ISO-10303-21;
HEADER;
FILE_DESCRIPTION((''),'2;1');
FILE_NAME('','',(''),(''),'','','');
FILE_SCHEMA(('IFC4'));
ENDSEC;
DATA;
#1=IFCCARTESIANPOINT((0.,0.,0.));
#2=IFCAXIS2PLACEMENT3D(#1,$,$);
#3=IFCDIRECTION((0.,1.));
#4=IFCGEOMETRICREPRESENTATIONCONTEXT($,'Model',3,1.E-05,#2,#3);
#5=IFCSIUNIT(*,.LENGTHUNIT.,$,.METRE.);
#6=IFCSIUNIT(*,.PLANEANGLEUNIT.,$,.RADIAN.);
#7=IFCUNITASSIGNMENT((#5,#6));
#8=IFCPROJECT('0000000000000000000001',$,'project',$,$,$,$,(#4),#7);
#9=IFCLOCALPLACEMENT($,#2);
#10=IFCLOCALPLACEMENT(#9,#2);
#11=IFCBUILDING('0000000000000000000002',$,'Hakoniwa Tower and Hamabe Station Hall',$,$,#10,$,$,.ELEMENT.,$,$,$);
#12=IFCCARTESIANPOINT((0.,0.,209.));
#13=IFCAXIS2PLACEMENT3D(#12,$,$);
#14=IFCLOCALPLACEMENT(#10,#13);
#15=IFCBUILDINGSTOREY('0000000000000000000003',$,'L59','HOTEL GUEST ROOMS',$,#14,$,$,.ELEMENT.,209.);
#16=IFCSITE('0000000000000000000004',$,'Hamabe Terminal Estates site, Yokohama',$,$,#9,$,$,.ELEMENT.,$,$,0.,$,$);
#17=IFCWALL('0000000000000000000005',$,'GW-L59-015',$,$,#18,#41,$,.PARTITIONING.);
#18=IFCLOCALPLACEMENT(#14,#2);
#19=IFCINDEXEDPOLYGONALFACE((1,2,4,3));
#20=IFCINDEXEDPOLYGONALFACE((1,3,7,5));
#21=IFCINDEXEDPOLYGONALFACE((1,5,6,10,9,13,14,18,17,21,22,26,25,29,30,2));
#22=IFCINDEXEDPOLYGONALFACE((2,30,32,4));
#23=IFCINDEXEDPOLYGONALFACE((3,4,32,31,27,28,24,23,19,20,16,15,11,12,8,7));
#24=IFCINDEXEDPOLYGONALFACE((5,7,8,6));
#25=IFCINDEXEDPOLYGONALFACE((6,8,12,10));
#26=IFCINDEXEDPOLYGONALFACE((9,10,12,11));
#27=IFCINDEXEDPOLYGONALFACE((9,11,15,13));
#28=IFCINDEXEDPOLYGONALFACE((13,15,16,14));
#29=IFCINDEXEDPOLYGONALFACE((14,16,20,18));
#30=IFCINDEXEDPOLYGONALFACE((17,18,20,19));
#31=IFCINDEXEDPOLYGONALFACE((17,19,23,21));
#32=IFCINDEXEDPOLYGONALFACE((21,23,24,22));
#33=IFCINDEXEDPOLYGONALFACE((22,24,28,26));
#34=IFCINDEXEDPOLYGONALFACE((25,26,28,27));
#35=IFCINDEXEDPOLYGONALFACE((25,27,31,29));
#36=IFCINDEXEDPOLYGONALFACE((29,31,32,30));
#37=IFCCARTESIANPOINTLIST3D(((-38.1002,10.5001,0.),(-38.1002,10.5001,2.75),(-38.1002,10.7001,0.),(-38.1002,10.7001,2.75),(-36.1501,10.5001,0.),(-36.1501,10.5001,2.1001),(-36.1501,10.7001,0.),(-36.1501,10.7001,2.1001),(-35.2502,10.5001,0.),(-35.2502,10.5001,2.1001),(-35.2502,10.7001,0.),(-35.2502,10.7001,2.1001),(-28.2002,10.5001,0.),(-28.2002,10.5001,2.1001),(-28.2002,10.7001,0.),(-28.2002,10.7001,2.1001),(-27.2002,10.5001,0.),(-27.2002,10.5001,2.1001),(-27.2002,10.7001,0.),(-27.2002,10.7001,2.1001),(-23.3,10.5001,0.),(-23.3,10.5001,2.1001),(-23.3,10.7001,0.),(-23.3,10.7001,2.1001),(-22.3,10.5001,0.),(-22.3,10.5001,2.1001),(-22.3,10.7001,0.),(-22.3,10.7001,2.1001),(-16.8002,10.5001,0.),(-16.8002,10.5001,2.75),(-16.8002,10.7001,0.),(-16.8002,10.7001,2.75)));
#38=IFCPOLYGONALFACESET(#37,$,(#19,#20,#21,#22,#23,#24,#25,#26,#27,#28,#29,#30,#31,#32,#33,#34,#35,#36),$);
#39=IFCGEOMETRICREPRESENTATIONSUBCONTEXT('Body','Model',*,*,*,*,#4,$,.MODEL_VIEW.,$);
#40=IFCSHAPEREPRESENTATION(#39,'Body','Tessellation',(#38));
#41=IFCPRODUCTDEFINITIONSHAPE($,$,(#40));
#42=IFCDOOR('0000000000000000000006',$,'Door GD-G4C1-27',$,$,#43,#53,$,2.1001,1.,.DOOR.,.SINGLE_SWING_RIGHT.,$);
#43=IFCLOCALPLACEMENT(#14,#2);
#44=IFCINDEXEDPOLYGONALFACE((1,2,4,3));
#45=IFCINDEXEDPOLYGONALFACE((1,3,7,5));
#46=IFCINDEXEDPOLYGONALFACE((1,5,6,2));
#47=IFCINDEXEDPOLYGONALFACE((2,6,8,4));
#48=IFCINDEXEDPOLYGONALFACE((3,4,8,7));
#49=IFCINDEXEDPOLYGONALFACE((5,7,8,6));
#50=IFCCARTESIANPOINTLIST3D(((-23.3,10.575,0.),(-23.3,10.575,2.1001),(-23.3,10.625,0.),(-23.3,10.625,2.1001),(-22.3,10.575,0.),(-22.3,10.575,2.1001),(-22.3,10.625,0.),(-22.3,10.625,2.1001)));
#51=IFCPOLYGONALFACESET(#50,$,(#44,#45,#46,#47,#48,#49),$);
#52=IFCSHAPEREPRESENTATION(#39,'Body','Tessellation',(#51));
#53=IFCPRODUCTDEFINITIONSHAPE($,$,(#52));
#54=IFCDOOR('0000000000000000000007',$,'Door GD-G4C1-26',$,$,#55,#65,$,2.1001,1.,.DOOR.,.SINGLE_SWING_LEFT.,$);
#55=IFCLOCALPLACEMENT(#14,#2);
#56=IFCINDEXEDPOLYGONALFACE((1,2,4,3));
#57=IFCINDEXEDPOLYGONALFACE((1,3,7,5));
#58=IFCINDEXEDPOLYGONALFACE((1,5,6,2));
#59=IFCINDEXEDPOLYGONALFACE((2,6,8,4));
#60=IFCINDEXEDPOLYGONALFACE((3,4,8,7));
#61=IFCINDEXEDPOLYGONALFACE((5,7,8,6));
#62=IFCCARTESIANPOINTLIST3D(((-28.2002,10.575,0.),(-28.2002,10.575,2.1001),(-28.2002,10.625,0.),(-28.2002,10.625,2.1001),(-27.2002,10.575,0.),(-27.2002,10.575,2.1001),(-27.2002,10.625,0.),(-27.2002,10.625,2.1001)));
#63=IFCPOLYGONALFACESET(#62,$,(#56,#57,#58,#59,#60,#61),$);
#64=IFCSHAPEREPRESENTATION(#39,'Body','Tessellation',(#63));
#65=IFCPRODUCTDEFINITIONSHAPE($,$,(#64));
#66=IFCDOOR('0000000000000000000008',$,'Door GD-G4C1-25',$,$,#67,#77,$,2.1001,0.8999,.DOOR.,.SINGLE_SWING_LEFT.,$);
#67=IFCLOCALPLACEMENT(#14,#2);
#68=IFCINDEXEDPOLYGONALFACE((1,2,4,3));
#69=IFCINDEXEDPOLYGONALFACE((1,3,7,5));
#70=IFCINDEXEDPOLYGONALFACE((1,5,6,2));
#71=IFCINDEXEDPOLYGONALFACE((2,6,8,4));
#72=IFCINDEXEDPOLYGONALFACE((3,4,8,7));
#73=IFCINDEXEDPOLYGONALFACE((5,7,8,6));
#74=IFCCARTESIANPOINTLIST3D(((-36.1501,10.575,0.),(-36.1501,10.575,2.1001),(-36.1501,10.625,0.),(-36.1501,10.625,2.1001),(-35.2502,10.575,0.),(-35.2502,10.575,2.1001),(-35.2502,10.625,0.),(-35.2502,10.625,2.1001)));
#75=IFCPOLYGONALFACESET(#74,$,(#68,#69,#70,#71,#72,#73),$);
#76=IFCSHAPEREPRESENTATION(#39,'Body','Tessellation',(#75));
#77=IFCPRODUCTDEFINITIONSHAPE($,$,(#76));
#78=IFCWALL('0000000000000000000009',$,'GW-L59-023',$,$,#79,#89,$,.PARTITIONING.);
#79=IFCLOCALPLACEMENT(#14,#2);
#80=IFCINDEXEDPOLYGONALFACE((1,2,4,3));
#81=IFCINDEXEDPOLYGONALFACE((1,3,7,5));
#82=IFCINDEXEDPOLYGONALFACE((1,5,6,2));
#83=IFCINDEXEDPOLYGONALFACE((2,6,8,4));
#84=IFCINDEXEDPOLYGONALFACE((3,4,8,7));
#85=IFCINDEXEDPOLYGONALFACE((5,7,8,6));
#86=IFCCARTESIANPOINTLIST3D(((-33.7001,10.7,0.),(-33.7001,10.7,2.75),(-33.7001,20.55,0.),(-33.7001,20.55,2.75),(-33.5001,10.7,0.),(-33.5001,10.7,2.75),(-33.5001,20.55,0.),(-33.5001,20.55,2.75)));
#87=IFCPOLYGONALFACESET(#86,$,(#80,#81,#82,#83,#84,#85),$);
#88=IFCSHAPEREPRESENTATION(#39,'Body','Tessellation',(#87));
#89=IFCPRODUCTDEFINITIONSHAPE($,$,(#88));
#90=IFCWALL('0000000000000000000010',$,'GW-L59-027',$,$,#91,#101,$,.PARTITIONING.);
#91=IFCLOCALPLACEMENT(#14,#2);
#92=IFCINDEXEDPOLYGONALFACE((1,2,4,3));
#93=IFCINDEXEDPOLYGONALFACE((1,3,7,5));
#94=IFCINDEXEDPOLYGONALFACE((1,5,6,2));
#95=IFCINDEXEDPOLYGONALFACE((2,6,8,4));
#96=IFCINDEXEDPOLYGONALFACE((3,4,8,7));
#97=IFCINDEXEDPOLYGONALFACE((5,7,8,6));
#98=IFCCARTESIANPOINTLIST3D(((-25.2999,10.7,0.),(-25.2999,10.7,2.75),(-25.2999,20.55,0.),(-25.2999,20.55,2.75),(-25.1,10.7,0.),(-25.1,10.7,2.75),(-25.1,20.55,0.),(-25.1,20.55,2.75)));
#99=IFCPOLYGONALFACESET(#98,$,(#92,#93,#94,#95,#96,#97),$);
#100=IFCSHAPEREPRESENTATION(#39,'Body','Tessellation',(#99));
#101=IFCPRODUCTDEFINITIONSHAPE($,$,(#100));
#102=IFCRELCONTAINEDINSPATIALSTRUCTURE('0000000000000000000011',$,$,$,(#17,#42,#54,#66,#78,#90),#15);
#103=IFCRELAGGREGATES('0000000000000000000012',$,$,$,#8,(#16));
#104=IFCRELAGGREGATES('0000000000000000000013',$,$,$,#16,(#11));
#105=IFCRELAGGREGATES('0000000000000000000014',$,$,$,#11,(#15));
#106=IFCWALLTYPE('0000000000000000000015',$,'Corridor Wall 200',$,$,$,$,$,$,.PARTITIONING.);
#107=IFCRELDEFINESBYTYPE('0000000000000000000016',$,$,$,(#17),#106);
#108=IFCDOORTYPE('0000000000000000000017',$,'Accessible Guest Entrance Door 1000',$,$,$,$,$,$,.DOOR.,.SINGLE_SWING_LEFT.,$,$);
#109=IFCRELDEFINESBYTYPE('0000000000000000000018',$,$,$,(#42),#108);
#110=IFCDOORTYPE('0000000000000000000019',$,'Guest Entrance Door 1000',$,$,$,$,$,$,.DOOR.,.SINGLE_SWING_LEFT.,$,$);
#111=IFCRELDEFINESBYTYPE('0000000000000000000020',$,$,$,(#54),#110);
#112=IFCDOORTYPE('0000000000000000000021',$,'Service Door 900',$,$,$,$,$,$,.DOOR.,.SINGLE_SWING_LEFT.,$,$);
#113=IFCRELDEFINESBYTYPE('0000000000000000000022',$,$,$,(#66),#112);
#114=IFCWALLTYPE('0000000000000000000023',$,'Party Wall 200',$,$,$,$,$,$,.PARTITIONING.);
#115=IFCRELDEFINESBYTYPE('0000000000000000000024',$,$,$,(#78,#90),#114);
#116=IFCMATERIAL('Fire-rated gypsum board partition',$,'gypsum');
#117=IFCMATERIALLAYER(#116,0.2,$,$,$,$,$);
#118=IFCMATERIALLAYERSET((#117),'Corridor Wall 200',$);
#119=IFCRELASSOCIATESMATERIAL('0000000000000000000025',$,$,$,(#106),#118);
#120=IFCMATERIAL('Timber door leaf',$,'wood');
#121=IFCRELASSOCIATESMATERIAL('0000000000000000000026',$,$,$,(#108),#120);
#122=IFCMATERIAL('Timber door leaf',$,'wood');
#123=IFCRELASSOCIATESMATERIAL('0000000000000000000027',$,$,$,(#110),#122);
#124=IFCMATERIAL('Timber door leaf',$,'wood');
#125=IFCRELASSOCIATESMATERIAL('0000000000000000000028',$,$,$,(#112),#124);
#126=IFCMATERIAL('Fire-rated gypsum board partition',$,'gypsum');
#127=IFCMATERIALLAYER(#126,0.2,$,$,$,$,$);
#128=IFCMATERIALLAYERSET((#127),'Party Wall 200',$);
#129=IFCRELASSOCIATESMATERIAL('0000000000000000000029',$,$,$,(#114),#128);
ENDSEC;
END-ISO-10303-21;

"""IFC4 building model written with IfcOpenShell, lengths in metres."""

from ifc_helpers import new_model, si_unit, direction, frame, frame_2d, origin, place, context, subcontext, project, spatial, rectangle, extrude, material, layer, layer_set, type_object, element, fill, save


model = new_model("IFC4")

# Units and contexts
model_context = context("Model", 3, precision=1e-05, world=origin(), true_north=direction((0.0, 1.0)))
body_context = subcontext(model_context, "Body", "Model", "MODEL_VIEW")
ifc_project = project(units=[si_unit("LENGTHUNIT", "METRE"), si_unit("PLANEANGLEUNIT", "RADIAN")], contexts=[model_context])

# Site, building, storey
site_placement = place(None, origin())
site = spatial("IfcSite", under=ifc_project, at=site_placement, Name="Hamabe Terminal Estates site, Yokohama", CompositionType="ELEMENT", RefElevation=0.0)
building_placement = place(site_placement, origin())
building = spatial("IfcBuilding", under=site, at=building_placement, Name="Hakoniwa Tower and Hamabe Station Hall", CompositionType="ELEMENT")
storey_placement = place(building_placement, frame((0.0, 0.0, 209.0)))
storey = spatial("IfcBuildingStorey", under=building, at=storey_placement, Name="L59", Description="HOTEL GUEST ROOMS", CompositionType="ELEMENT", Elevation=209.0)

# Wall, openings, doors
ifc_material_1 = material(Name="Fire-rated gypsum board partition", Category="gypsum")
ifc_layer_1 = layer(ifc_material_1, 0.2)
ifc_layer_set_1 = layer_set([ifc_layer_1], Name="Corridor Wall 200")
wall_type_1 = type_object("IfcWallType", Name="Corridor Wall 200", PredefinedType="PARTITIONING", material=ifc_layer_set_1)
wall_1_placement = place(storey_placement, frame((-38.1001, 10.6001, 0.0), z_axis=(0.0, 0.0, 1.0), x_axis=(1.0, 0.0, 0.0)))
wall_1 = element("IfcWall", 1, at=wall_1_placement, inside=storey, type_object=wall_type_1, Name="GW-L59-015", PredefinedType="PARTITIONING", context=body_context, shape_type="SweptSolid", body=[
    extrude(rectangle(XDim=21.3, YDim=0.2, at=frame_2d((10.6499, 0.0))), origin(), (0.0, 0.0, 1.0), 2.75),
])
opening_1_placement = place(wall_1_placement, frame((1.95, 0.0, 0.0)))
opening_1 = element("IfcOpeningElement", 2, at=opening_1_placement, cuts=wall_1, PredefinedType="OPENING", context=body_context, shape_type="SweptSolid", body=[
    extrude(rectangle(XDim=0.8999, YDim=2.1001, at=frame_2d((0.45, 1.05))), frame((0.0, 0.1099, 0.0), z_axis=(0.0, -1.0, 0.0), x_axis=(1.0, 0.0, 0.0)), (0.0, 0.0, 1.0), 0.22),
])
opening_2_placement = place(wall_1_placement, frame((9.8999, 0.0, 0.0)))
opening_2 = element("IfcOpeningElement", 3, at=opening_2_placement, cuts=wall_1, PredefinedType="OPENING", context=body_context, shape_type="SweptSolid", body=[
    extrude(rectangle(XDim=1.0, YDim=2.1001, at=frame_2d((0.5, 1.05))), frame((0.0, 0.1099, 0.0), z_axis=(0.0, -1.0, 0.0), x_axis=(1.0, 0.0, 0.0)), (0.0, 0.0, 1.0), 0.22),
])
opening_3_placement = place(wall_1_placement, frame((14.8, 0.0, 0.0)))
opening_3 = element("IfcOpeningElement", 4, at=opening_3_placement, cuts=wall_1, PredefinedType="OPENING", context=body_context, shape_type="SweptSolid", body=[
    extrude(rectangle(XDim=1.0, YDim=2.1001, at=frame_2d((0.5, 1.05))), frame((0.0, 0.1099, 0.0), z_axis=(0.0, -1.0, 0.0), x_axis=(1.0, 0.0, 0.0)), (0.0, 0.0, 1.0), 0.22),
])
ifc_material_2 = material(Name="Timber door leaf", Category="wood")
door_type_1 = type_object("IfcDoorType", Name="Accessible Guest Entrance Door 1000", OperationType="SINGLE_SWING_LEFT", PredefinedType="DOOR", material=ifc_material_2)
door_1_placement = place(opening_3_placement, origin())
door_1 = element("IfcDoor", 5, at=door_1_placement, inside=storey, type_object=door_type_1, Name="Door GD-G4C1-27", OperationType="SINGLE_SWING_RIGHT", OverallHeight=2.1001, OverallWidth=1.0, PredefinedType="DOOR", context=body_context, shape_type="SweptSolid", body=[
    extrude(rectangle(XDim=1.0, YDim=2.1001, at=frame_2d((0.5, 1.05))), frame((0.0, 0.0249, 0.0), z_axis=(0.0, -1.0, 0.0), x_axis=(1.0, 0.0, 0.0)), (0.0, 0.0, 1.0), 0.05),
])
fill(opening_3, door_1)
ifc_material_3 = material(Name="Timber door leaf", Category="wood")
door_type_2 = type_object("IfcDoorType", Name="Guest Entrance Door 1000", OperationType="SINGLE_SWING_LEFT", PredefinedType="DOOR", material=ifc_material_3)
door_2_placement = place(opening_2_placement, origin())
door_2 = element("IfcDoor", 6, at=door_2_placement, inside=storey, type_object=door_type_2, Name="Door GD-G4C1-26", OperationType="SINGLE_SWING_LEFT", OverallHeight=2.1001, OverallWidth=1.0, PredefinedType="DOOR", context=body_context, shape_type="SweptSolid", body=[
    extrude(rectangle(XDim=1.0, YDim=2.1001, at=frame_2d((0.5, 1.05))), frame((0.0, 0.0249, 0.0), z_axis=(0.0, -1.0, 0.0), x_axis=(1.0, 0.0, 0.0)), (0.0, 0.0, 1.0), 0.05),
])
fill(opening_2, door_2)
ifc_material_4 = material(Name="Timber door leaf", Category="wood")
door_type_3 = type_object("IfcDoorType", Name="Service Door 900", OperationType="SINGLE_SWING_LEFT", PredefinedType="DOOR", material=ifc_material_4)
door_3_placement = place(opening_1_placement, origin())
door_3 = element("IfcDoor", 7, at=door_3_placement, inside=storey, type_object=door_type_3, Name="Door GD-G4C1-25", OperationType="SINGLE_SWING_LEFT", OverallHeight=2.1001, OverallWidth=0.8999, PredefinedType="DOOR", context=body_context, shape_type="SweptSolid", body=[
    extrude(rectangle(XDim=0.8999, YDim=2.1001, at=frame_2d((0.45, 1.05))), frame((0.0, 0.0249, 0.0), z_axis=(0.0, -1.0, 0.0), x_axis=(1.0, 0.0, 0.0)), (0.0, 0.0, 1.0), 0.05),
])
fill(opening_1, door_3)

# Walls
ifc_material_5 = material(Name="Fire-rated gypsum board partition", Category="gypsum")
ifc_layer_2 = layer(ifc_material_5, 0.2)
ifc_layer_set_2 = layer_set([ifc_layer_2], Name="Party Wall 200")
wall_type_2 = type_object("IfcWallType", Name="Party Wall 200", PredefinedType="PARTITIONING", material=ifc_layer_set_2)
for number, where, z_axis, x_axis, name in (
    (8, (-33.6001, 10.7, 0.0), (0.0, 0.0, 1.0), (0.0, 1.0, 0.0), "GW-L59-023"),
    (9, (-25.2, 10.7, 0.0), (0.0, 0.0, 1.0), (0.0, 1.0, 0.0), "GW-L59-027"),
):
    element("IfcWall", number, at=place(storey_placement, frame(where, z_axis=z_axis, x_axis=x_axis)), inside=storey, type_object=wall_type_2, Name=name, PredefinedType="PARTITIONING", context=body_context, shape_type="SweptSolid", body=[
        extrude(rectangle(XDim=9.8501, YDim=0.2, at=frame_2d((4.925, 0.0))), origin(), (0.0, 0.0, 1.0), 2.75),
    ])

save(model, "model.ifc")
